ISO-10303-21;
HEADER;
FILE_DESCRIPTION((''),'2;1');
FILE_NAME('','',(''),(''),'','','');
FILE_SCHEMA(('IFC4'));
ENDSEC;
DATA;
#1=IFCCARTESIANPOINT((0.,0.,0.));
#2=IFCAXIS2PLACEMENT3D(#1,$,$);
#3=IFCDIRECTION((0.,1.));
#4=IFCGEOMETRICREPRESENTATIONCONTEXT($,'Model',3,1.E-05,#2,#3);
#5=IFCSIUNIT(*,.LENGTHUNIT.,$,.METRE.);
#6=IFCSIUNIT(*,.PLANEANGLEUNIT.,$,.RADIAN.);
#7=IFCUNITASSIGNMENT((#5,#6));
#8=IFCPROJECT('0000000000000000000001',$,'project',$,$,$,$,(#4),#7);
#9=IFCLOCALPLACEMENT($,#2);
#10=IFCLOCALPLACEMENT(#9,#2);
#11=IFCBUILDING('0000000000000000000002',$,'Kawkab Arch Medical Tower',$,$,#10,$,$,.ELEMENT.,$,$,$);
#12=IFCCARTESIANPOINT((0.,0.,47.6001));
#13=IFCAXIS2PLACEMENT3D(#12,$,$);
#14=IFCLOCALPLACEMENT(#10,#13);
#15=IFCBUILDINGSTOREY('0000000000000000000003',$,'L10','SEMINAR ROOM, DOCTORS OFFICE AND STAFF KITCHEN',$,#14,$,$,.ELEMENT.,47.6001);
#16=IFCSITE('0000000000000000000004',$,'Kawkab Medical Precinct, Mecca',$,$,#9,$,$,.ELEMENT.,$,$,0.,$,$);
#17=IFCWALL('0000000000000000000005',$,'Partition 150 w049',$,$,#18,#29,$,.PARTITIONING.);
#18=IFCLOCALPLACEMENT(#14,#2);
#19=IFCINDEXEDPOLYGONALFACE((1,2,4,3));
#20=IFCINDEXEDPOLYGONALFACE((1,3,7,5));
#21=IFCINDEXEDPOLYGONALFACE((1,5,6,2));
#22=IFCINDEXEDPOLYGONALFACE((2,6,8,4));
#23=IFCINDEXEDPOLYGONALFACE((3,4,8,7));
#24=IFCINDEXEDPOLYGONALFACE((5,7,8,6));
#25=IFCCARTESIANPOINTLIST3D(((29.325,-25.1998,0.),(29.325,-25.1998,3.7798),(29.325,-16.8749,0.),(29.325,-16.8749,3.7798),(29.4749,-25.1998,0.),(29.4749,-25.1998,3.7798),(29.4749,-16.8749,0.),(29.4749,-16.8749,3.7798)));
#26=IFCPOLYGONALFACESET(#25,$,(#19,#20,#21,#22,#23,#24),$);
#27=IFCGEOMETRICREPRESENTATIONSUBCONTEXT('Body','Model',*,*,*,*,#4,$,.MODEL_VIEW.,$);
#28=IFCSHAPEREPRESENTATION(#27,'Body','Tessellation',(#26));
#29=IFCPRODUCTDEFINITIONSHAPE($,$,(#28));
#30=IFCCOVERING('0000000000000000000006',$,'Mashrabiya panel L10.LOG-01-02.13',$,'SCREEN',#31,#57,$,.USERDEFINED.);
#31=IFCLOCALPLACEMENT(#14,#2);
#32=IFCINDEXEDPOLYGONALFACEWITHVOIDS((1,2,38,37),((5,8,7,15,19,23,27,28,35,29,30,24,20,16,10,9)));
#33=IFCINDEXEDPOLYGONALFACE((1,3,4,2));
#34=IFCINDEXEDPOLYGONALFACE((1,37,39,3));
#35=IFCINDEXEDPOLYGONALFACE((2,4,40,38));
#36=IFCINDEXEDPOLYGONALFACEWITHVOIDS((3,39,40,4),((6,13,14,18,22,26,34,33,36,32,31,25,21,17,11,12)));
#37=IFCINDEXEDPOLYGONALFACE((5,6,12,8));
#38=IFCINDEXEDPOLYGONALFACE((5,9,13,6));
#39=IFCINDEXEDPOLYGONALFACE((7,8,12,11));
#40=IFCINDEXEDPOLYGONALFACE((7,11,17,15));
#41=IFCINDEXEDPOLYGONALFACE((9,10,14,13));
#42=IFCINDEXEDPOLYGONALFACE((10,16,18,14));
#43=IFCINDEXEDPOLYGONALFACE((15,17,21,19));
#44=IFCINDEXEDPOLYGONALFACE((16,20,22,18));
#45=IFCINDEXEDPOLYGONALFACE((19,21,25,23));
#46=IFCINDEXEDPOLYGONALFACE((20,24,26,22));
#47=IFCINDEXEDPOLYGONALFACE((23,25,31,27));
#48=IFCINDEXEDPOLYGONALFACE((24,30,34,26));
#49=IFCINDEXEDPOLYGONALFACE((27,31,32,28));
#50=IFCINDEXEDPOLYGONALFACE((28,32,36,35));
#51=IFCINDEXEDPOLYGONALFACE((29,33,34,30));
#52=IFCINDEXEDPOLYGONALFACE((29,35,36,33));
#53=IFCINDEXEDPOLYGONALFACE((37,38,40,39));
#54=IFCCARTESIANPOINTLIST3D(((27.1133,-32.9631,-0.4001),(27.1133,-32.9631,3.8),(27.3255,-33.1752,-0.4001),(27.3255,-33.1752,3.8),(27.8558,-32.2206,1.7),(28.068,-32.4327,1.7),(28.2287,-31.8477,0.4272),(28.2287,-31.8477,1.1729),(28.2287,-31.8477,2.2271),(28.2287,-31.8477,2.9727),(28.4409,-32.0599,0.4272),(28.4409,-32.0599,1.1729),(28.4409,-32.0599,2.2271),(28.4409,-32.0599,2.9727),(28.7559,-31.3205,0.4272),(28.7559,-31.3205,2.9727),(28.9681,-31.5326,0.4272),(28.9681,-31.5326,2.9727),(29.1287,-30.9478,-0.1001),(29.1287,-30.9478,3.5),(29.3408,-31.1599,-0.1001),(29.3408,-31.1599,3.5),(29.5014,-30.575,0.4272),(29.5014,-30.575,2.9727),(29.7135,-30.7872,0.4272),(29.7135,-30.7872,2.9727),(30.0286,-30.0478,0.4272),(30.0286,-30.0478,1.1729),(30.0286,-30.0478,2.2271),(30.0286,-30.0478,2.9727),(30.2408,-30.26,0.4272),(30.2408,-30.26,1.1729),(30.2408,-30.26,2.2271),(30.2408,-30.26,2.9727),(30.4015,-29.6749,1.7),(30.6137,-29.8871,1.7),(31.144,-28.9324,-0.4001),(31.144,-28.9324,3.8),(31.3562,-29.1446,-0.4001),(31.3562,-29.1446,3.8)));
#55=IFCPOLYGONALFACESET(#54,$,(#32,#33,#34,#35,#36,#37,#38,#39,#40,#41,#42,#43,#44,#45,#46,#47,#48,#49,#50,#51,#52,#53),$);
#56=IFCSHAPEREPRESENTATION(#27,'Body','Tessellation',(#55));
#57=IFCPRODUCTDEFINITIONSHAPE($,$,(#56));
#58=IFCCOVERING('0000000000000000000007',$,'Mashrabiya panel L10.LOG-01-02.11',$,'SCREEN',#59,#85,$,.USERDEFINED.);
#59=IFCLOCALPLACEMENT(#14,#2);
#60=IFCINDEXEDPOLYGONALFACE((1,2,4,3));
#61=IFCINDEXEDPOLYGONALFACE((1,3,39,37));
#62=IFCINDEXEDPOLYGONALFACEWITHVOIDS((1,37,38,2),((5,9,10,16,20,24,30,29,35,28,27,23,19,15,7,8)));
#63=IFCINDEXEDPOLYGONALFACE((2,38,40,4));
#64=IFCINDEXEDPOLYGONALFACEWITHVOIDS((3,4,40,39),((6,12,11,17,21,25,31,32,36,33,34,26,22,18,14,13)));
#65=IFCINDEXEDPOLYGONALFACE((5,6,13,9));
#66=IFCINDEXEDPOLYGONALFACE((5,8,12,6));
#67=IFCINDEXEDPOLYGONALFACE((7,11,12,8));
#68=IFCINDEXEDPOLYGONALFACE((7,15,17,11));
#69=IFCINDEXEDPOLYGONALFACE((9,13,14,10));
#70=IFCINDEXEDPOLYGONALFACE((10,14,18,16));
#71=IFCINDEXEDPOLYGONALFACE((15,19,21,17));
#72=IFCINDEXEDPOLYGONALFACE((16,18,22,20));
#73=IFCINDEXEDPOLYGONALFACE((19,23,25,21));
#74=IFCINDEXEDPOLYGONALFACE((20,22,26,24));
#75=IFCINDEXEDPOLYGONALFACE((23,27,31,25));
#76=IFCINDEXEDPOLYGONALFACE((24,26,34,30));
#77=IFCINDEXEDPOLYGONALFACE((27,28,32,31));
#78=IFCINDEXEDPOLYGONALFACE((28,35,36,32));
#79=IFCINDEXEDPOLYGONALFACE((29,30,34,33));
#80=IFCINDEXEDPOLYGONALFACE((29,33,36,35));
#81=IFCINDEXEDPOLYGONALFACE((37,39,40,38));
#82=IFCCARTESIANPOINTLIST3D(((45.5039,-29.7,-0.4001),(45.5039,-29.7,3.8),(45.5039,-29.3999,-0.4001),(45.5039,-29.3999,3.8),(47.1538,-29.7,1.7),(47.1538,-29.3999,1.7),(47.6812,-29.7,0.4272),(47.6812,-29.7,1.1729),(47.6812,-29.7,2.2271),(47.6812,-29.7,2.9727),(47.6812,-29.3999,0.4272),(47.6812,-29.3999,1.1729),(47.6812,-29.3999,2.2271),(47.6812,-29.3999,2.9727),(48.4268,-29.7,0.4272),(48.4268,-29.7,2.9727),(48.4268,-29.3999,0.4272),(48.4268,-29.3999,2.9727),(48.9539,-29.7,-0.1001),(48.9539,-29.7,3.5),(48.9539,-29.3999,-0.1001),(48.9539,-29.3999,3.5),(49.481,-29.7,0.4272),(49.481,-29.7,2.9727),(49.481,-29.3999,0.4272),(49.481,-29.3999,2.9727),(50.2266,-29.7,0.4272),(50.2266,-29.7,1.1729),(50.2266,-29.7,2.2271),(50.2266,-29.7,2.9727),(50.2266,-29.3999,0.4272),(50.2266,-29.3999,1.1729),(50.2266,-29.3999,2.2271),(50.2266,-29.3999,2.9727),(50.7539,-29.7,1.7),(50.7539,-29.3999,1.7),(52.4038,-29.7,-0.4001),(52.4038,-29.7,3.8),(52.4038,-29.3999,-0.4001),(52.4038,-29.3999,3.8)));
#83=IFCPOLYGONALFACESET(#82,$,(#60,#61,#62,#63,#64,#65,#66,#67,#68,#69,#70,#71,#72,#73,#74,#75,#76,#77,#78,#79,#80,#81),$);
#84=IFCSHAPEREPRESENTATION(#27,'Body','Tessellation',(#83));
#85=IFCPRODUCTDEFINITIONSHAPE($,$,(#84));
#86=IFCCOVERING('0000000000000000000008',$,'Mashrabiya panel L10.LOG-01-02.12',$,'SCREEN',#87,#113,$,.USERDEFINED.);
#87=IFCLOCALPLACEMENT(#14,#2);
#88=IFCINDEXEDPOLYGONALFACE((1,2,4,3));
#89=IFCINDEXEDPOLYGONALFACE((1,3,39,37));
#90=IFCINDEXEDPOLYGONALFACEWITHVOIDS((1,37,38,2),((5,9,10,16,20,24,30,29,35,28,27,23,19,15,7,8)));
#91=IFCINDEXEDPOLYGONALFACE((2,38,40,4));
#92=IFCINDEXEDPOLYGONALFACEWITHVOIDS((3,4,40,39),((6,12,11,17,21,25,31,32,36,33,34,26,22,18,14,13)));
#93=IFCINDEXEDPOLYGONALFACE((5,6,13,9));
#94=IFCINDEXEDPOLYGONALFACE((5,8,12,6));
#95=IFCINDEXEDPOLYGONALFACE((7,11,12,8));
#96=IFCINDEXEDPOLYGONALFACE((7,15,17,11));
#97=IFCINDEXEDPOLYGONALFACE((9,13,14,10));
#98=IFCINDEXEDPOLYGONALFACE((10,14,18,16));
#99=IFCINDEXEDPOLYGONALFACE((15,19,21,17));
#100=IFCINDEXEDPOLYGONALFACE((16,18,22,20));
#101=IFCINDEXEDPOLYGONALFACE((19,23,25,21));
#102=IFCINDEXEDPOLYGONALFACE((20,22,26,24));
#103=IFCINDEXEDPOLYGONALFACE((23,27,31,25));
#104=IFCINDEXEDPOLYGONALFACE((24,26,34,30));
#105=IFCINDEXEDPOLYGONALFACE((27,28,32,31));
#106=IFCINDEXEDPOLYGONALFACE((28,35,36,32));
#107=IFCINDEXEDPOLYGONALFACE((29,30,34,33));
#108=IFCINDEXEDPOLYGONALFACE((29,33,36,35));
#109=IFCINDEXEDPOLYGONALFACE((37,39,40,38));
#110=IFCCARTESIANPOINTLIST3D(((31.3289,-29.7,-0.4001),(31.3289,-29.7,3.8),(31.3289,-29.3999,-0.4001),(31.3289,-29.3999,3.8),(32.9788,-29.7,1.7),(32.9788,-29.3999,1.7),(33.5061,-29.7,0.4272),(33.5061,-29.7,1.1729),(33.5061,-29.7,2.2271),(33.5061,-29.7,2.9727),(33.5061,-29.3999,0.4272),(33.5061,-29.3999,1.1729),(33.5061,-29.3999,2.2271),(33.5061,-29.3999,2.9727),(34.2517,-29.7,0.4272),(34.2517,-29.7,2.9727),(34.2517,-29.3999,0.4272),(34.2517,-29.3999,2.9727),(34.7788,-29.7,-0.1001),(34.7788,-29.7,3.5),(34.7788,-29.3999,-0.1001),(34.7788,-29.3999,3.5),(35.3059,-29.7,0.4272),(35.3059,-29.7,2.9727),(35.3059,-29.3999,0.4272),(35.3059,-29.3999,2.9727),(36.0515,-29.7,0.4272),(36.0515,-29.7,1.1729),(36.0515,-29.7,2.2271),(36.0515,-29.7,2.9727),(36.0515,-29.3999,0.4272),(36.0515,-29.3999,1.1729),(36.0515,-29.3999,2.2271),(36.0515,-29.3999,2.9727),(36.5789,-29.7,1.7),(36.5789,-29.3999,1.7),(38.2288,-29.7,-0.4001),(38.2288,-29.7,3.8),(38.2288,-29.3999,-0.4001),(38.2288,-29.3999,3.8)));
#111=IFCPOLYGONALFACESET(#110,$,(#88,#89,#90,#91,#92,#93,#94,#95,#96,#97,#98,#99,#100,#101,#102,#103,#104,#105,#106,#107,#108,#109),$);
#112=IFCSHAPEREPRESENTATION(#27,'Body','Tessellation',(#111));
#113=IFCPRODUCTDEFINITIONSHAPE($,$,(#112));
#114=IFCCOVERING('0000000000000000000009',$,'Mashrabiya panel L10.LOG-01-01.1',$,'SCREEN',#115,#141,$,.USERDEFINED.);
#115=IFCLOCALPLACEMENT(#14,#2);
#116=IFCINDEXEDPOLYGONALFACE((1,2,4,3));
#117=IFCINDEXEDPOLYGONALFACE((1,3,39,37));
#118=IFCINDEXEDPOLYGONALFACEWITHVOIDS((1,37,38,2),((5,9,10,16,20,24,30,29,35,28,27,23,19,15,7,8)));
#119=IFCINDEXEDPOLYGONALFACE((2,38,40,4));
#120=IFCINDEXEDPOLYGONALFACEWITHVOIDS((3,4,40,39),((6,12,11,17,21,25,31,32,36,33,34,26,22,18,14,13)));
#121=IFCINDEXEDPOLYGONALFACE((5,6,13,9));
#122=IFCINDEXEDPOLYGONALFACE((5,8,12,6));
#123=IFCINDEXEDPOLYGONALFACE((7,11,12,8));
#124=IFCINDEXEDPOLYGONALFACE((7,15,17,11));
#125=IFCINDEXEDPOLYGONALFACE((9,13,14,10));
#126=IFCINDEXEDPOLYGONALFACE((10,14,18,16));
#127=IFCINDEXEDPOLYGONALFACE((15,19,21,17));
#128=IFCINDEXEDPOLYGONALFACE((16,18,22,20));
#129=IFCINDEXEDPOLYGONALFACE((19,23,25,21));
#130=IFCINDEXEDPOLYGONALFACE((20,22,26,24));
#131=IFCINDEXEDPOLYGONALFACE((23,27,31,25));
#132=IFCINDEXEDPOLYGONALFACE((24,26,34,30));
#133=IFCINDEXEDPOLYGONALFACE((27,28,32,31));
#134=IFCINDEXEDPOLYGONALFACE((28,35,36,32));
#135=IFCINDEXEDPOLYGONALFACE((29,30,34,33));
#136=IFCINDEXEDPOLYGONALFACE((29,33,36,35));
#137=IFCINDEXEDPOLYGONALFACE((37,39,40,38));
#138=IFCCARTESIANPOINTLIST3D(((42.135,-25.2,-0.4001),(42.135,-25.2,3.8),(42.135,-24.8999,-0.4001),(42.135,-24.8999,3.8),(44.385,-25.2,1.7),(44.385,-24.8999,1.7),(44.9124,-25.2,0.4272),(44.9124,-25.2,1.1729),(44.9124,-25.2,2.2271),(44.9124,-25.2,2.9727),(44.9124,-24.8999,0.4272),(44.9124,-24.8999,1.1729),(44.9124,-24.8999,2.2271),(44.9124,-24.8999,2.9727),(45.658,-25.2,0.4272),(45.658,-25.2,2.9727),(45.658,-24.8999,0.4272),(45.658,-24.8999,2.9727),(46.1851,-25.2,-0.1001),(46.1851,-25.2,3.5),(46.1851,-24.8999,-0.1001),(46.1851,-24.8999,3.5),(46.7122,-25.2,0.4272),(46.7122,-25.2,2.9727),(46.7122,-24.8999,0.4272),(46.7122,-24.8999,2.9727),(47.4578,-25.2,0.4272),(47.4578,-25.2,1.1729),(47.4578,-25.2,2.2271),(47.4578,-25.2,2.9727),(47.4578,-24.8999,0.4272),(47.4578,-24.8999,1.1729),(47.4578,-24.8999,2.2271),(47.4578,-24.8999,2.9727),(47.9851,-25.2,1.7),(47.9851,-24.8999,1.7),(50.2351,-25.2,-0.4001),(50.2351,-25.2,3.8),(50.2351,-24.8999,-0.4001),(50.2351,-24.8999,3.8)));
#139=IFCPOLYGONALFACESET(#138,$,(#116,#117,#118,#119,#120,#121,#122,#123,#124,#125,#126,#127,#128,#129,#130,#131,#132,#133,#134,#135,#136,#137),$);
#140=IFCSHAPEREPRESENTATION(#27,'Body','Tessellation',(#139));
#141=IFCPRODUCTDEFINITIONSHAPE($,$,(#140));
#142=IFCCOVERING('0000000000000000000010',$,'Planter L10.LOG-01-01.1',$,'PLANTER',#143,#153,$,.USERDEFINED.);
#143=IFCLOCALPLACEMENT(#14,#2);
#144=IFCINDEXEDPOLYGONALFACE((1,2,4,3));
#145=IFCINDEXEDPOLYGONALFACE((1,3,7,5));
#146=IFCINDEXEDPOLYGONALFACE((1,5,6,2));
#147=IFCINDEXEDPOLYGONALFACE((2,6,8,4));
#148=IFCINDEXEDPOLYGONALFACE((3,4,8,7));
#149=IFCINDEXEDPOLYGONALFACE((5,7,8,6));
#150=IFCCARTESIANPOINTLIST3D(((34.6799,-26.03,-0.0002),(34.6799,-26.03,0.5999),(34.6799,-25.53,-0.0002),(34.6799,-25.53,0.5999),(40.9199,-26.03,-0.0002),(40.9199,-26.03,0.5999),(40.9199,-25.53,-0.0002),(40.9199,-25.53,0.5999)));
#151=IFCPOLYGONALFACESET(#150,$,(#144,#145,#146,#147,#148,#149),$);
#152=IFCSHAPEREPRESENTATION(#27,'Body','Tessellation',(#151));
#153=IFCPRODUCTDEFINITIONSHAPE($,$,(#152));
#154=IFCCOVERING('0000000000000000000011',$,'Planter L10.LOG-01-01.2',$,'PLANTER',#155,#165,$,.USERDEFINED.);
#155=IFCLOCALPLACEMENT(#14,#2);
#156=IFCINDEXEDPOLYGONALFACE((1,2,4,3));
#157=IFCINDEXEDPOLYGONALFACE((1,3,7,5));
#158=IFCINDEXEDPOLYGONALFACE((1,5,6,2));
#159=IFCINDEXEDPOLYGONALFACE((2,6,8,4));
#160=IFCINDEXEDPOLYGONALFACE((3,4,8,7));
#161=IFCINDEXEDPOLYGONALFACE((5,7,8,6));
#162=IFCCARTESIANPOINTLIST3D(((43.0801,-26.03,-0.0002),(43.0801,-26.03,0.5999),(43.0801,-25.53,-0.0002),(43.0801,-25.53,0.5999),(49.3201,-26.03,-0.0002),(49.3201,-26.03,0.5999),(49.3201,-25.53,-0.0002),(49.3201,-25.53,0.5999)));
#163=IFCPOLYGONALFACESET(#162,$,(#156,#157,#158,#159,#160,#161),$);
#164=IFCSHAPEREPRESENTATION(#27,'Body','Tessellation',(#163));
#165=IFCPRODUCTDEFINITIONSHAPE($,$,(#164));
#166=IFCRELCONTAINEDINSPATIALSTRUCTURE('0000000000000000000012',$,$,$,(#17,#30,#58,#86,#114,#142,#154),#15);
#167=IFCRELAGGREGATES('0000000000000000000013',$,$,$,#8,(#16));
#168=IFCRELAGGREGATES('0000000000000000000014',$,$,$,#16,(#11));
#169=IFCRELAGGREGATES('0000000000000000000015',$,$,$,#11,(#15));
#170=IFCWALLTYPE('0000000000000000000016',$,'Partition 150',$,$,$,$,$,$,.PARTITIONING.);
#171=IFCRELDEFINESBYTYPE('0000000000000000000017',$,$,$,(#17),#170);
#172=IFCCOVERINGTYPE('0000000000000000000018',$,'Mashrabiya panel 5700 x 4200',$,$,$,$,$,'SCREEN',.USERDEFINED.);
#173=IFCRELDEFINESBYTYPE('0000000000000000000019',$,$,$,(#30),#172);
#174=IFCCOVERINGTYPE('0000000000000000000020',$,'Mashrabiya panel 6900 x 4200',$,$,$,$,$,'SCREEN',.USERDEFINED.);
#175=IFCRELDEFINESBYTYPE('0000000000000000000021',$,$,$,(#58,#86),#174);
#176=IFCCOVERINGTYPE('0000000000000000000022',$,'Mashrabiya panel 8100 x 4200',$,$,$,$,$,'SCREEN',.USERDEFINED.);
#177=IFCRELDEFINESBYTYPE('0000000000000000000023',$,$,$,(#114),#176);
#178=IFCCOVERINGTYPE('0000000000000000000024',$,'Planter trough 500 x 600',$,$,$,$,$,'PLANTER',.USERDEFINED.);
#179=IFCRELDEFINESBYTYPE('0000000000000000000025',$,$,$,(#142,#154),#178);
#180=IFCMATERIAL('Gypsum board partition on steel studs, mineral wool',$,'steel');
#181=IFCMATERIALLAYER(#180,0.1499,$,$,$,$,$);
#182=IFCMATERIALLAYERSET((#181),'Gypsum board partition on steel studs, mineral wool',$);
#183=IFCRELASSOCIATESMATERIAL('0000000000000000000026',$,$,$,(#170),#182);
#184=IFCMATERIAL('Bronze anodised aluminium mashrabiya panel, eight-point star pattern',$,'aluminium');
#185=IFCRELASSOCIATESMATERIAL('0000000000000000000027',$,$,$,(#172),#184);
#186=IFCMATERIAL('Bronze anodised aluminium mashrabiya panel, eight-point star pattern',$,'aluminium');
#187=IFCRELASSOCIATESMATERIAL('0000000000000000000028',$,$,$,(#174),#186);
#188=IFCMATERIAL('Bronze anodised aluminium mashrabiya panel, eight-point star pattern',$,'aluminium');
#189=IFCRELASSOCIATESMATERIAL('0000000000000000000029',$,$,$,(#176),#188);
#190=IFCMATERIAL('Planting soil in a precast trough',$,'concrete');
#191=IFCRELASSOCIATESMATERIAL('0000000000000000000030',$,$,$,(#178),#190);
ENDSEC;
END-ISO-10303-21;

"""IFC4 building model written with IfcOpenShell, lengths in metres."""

from ifc_helpers import new_model, si_unit, direction, frame, frame_2d, origin, origin_2d, place, context, subcontext, project, spatial, polyline, rectangle, outline, extrude, material, layer, layer_set, material_profile, profile_set, type_object, element, save


model = new_model("IFC4")

# Units and contexts
model_context = context("Model", 3, precision=1e-05, world=origin(), true_north=direction((0.0, 1.0)))
body_context = subcontext(model_context, "Body", "Model", "MODEL_VIEW")
ifc_project = project(units=[si_unit("LENGTHUNIT", "METRE"), si_unit("PLANEANGLEUNIT", "RADIAN")], contexts=[model_context])

# Site, building, storey
site_placement = place(None, origin())
site = spatial("IfcSite", under=ifc_project, at=site_placement, Name="Kawkab Medical Precinct, Mecca", CompositionType="ELEMENT", RefElevation=0.0)
building_placement = place(site_placement, origin())
building = spatial("IfcBuilding", under=site, at=building_placement, Name="Kawkab Arch Medical Tower", CompositionType="ELEMENT")
storey_placement = place(building_placement, frame((0.0, 0.0, 47.6001)))
storey = spatial("IfcBuildingStorey", under=building, at=storey_placement, Name="L10", Description="SEMINAR ROOM, DOCTORS OFFICE AND STAFF KITCHEN", CompositionType="ELEMENT", Elevation=47.6001)

# Wall
ifc_material_1 = material(Name="Gypsum board partition on steel studs, mineral wool", Category="steel")
ifc_layer_1 = layer(ifc_material_1, 0.1499)
ifc_layer_set_1 = layer_set([ifc_layer_1], Name="Gypsum board partition on steel studs, mineral wool")
wall_type = type_object("IfcWallType", Name="Partition 150", PredefinedType="PARTITIONING", material=ifc_layer_set_1)
wall_1_placement = place(storey_placement, frame((29.3999, -25.2, 0.0), z_axis=(0.0, 0.0, 1.0), x_axis=(0.0, 1.0, 0.0)))
element("IfcWall", 1, at=wall_1_placement, inside=storey, type_object=wall_type, Name="Partition 150 w049", PredefinedType="PARTITIONING", context=body_context, shape_type="SweptSolid", body=[
    extrude(rectangle(XDim=8.325, YDim=0.1499, at=frame_2d((4.1626, 0.0))), origin(), (0.0, 0.0, 1.0), 3.7798),
])

# Coverings
ifc_material_2 = material(Name="Bronze anodised aluminium mashrabiya panel, eight-point star pattern", Category="aluminium")
ifc_material_profile_1 = material_profile(ifc_material_2, outline(polyline([(-2.8501, -2.1001), (2.8501, -2.1001), (2.8501, 2.1001), (-2.8501, 2.1001), (-2.8501, -2.1001)]), holes=[polyline([(1.8, 0.0), (1.2727, 0.5271), (1.2727, 1.2727), (0.5271, 1.2727), (0.0, 1.8), (-0.5271, 1.2727), (-1.2727, 1.2727), (-1.2727, 0.5271), (-1.8, 0.0), (-1.2727, -0.5271), (-1.2727, -1.2727), (-0.5271, -1.2727), (0.0, -1.8), (0.5271, -1.2727), (1.2727, -1.2727), (1.2727, -0.5271), (1.8, 0.0)])]), Name="Mashrabiya panel 5700x4200")
ifc_profile_set_1 = profile_set([ifc_material_profile_1], Name="Bronze anodised aluminium mashrabiya panel, eight-point star pattern")
covering_type_1 = type_object("IfcCoveringType", Name="Mashrabiya panel 5700 x 4200", ElementType="SCREEN", PredefinedType="USERDEFINED", material=ifc_profile_set_1)
covering_1_placement = place(storey_placement, frame((29.1287, -30.9478, 1.7), z_axis=(0.707107, -0.707107, 0.0), x_axis=(0.707107, 0.707107, 0.0)))
element("IfcCovering", 2, at=covering_1_placement, inside=storey, type_object=covering_type_1, Name="Mashrabiya panel L10.LOG-01-02.13", ObjectType="SCREEN", PredefinedType="USERDEFINED", context=body_context, shape_type="SweptSolid", body=[
    extrude(outline(polyline([(-2.8501, -2.1001), (2.8501, -2.1001), (2.8501, 2.1001), (-2.8501, 2.1001), (-2.8501, -2.1001)]), holes=[polyline([(1.8, 0.0), (1.2727, 0.5271), (1.2727, 1.2727), (0.5271, 1.2727), (0.0, 1.8), (-0.5271, 1.2727), (-1.2727, 1.2727), (-1.2727, 0.5271), (-1.8, 0.0), (-1.2727, -0.5271), (-1.2727, -1.2727), (-0.5271, -1.2727), (0.0, -1.8), (0.5271, -1.2727), (1.2727, -1.2727), (1.2727, -0.5271), (1.8, 0.0)])]), origin(), (0.0, 0.0, 1.0), 0.3),
])
ifc_material_3 = material(Name="Bronze anodised aluminium mashrabiya panel, eight-point star pattern", Category="aluminium")
ifc_material_profile_2 = material_profile(ifc_material_3, outline(polyline([(-3.45, -2.1001), (3.45, -2.1001), (3.45, 2.1001), (-3.45, 2.1001), (-3.45, -2.1001)]), holes=[polyline([(1.8, 0.0), (1.2727, 0.5271), (1.2727, 1.2727), (0.5271, 1.2727), (0.0, 1.8), (-0.5271, 1.2727), (-1.2727, 1.2727), (-1.2727, 0.5271), (-1.8, 0.0), (-1.2727, -0.5271), (-1.2727, -1.2727), (-0.5271, -1.2727), (0.0, -1.8), (0.5271, -1.2727), (1.2727, -1.2727), (1.2727, -0.5271), (1.8, 0.0)])]), Name="Mashrabiya panel 6900x4200")
ifc_profile_set_2 = profile_set([ifc_material_profile_2], Name="Bronze anodised aluminium mashrabiya panel, eight-point star pattern")
covering_type_2 = type_object("IfcCoveringType", Name="Mashrabiya panel 6900 x 4200", ElementType="SCREEN", PredefinedType="USERDEFINED", material=ifc_profile_set_2)
for number, where, z_axis, x_axis, name in (
    (3, (48.9539, -29.3999, 1.7), (0.0, -1.0, 0.0), (1.0, 0.0, 0.0), "Mashrabiya panel L10.LOG-01-02.11"),
    (4, (34.7788, -29.3999, 1.7), (0.0, -1.0, 0.0), (1.0, 0.0, 0.0), "Mashrabiya panel L10.LOG-01-02.12"),
):
    element("IfcCovering", number, at=place(storey_placement, frame(where, z_axis=z_axis, x_axis=x_axis)), inside=storey, type_object=covering_type_2, Name=name, ObjectType="SCREEN", PredefinedType="USERDEFINED", context=body_context, shape_type="SweptSolid", body=[
        extrude(outline(polyline([(-3.45, -2.1001), (3.45, -2.1001), (3.45, 2.1001), (-3.45, 2.1001), (-3.45, -2.1001)]), holes=[polyline([(1.8, 0.0), (1.2727, 0.5271), (1.2727, 1.2727), (0.5271, 1.2727), (0.0, 1.8), (-0.5271, 1.2727), (-1.2727, 1.2727), (-1.2727, 0.5271), (-1.8, 0.0), (-1.2727, -0.5271), (-1.2727, -1.2727), (-0.5271, -1.2727), (0.0, -1.8), (0.5271, -1.2727), (1.2727, -1.2727), (1.2727, -0.5271), (1.8, 0.0)])]), origin(), (0.0, 0.0, 1.0), 0.3),
    ])
ifc_material_4 = material(Name="Bronze anodised aluminium mashrabiya panel, eight-point star pattern", Category="aluminium")
ifc_material_profile_3 = material_profile(ifc_material_4, outline(polyline([(-4.05, -2.1001), (4.05, -2.1001), (4.05, 2.1001), (-4.05, 2.1001), (-4.05, -2.1001)]), holes=[polyline([(1.8, 0.0), (1.2727, 0.5271), (1.2727, 1.2727), (0.5271, 1.2727), (0.0, 1.8), (-0.5271, 1.2727), (-1.2727, 1.2727), (-1.2727, 0.5271), (-1.8, 0.0), (-1.2727, -0.5271), (-1.2727, -1.2727), (-0.5271, -1.2727), (0.0, -1.8), (0.5271, -1.2727), (1.2727, -1.2727), (1.2727, -0.5271), (1.8, 0.0)])]), Name="Mashrabiya panel 8100x4200")
ifc_profile_set_3 = profile_set([ifc_material_profile_3], Name="Bronze anodised aluminium mashrabiya panel, eight-point star pattern")
covering_type_3 = type_object("IfcCoveringType", Name="Mashrabiya panel 8100 x 4200", ElementType="SCREEN", PredefinedType="USERDEFINED", material=ifc_profile_set_3)
covering_2_placement = place(storey_placement, frame((46.1851, -25.2, 1.7), z_axis=(0.0, 1.0, 0.0), x_axis=(-1.0, 0.0, 0.0)))
element("IfcCovering", 5, at=covering_2_placement, inside=storey, type_object=covering_type_3, Name="Mashrabiya panel L10.LOG-01-01.1", ObjectType="SCREEN", PredefinedType="USERDEFINED", context=body_context, shape_type="SweptSolid", body=[
    extrude(outline(polyline([(-4.05, -2.1001), (4.05, -2.1001), (4.05, 2.1001), (-4.05, 2.1001), (-4.05, -2.1001)]), holes=[polyline([(1.8, 0.0), (1.2727, 0.5271), (1.2727, 1.2727), (0.5271, 1.2727), (0.0, 1.8), (-0.5271, 1.2727), (-1.2727, 1.2727), (-1.2727, 0.5271), (-1.8, 0.0), (-1.2727, -0.5271), (-1.2727, -1.2727), (-0.5271, -1.2727), (0.0, -1.8), (0.5271, -1.2727), (1.2727, -1.2727), (1.2727, -0.5271), (1.8, 0.0)])]), origin(), (0.0, 0.0, 1.0), 0.3),
])
ifc_material_5 = material(Name="Planting soil in a precast trough", Category="concrete")
ifc_material_profile_4 = material_profile(ifc_material_5, rectangle(XDim=0.5, YDim=0.6001, at=origin_2d()), Name="Trough 500x600")
ifc_profile_set_4 = profile_set([ifc_material_profile_4], Name="Planting soil in a precast trough")
covering_type_4 = type_object("IfcCoveringType", Name="Planter trough 500 x 600", ElementType="PLANTER", PredefinedType="USERDEFINED", material=ifc_profile_set_4)
for number, where, z_axis, x_axis, name in (
    (6, (34.6799, -25.78, 0.2998), (1.0, 0.0, 0.0), (0.0, 1.0, 0.0), "Planter L10.LOG-01-01.1"),
    (7, (43.0801, -25.78, 0.2998), (1.0, 0.0, 0.0), (0.0, 1.0, 0.0), "Planter L10.LOG-01-01.2"),
):
    element("IfcCovering", number, at=place(storey_placement, frame(where, z_axis=z_axis, x_axis=x_axis)), inside=storey, type_object=covering_type_4, Name=name, ObjectType="PLANTER", PredefinedType="USERDEFINED", context=body_context, shape_type="SweptSolid", body=[
        extrude(rectangle(XDim=0.5, YDim=0.6001, at=origin_2d()), origin(), (0.0, 0.0, 1.0), 6.24),
    ])

save(model, "model.ifc")
